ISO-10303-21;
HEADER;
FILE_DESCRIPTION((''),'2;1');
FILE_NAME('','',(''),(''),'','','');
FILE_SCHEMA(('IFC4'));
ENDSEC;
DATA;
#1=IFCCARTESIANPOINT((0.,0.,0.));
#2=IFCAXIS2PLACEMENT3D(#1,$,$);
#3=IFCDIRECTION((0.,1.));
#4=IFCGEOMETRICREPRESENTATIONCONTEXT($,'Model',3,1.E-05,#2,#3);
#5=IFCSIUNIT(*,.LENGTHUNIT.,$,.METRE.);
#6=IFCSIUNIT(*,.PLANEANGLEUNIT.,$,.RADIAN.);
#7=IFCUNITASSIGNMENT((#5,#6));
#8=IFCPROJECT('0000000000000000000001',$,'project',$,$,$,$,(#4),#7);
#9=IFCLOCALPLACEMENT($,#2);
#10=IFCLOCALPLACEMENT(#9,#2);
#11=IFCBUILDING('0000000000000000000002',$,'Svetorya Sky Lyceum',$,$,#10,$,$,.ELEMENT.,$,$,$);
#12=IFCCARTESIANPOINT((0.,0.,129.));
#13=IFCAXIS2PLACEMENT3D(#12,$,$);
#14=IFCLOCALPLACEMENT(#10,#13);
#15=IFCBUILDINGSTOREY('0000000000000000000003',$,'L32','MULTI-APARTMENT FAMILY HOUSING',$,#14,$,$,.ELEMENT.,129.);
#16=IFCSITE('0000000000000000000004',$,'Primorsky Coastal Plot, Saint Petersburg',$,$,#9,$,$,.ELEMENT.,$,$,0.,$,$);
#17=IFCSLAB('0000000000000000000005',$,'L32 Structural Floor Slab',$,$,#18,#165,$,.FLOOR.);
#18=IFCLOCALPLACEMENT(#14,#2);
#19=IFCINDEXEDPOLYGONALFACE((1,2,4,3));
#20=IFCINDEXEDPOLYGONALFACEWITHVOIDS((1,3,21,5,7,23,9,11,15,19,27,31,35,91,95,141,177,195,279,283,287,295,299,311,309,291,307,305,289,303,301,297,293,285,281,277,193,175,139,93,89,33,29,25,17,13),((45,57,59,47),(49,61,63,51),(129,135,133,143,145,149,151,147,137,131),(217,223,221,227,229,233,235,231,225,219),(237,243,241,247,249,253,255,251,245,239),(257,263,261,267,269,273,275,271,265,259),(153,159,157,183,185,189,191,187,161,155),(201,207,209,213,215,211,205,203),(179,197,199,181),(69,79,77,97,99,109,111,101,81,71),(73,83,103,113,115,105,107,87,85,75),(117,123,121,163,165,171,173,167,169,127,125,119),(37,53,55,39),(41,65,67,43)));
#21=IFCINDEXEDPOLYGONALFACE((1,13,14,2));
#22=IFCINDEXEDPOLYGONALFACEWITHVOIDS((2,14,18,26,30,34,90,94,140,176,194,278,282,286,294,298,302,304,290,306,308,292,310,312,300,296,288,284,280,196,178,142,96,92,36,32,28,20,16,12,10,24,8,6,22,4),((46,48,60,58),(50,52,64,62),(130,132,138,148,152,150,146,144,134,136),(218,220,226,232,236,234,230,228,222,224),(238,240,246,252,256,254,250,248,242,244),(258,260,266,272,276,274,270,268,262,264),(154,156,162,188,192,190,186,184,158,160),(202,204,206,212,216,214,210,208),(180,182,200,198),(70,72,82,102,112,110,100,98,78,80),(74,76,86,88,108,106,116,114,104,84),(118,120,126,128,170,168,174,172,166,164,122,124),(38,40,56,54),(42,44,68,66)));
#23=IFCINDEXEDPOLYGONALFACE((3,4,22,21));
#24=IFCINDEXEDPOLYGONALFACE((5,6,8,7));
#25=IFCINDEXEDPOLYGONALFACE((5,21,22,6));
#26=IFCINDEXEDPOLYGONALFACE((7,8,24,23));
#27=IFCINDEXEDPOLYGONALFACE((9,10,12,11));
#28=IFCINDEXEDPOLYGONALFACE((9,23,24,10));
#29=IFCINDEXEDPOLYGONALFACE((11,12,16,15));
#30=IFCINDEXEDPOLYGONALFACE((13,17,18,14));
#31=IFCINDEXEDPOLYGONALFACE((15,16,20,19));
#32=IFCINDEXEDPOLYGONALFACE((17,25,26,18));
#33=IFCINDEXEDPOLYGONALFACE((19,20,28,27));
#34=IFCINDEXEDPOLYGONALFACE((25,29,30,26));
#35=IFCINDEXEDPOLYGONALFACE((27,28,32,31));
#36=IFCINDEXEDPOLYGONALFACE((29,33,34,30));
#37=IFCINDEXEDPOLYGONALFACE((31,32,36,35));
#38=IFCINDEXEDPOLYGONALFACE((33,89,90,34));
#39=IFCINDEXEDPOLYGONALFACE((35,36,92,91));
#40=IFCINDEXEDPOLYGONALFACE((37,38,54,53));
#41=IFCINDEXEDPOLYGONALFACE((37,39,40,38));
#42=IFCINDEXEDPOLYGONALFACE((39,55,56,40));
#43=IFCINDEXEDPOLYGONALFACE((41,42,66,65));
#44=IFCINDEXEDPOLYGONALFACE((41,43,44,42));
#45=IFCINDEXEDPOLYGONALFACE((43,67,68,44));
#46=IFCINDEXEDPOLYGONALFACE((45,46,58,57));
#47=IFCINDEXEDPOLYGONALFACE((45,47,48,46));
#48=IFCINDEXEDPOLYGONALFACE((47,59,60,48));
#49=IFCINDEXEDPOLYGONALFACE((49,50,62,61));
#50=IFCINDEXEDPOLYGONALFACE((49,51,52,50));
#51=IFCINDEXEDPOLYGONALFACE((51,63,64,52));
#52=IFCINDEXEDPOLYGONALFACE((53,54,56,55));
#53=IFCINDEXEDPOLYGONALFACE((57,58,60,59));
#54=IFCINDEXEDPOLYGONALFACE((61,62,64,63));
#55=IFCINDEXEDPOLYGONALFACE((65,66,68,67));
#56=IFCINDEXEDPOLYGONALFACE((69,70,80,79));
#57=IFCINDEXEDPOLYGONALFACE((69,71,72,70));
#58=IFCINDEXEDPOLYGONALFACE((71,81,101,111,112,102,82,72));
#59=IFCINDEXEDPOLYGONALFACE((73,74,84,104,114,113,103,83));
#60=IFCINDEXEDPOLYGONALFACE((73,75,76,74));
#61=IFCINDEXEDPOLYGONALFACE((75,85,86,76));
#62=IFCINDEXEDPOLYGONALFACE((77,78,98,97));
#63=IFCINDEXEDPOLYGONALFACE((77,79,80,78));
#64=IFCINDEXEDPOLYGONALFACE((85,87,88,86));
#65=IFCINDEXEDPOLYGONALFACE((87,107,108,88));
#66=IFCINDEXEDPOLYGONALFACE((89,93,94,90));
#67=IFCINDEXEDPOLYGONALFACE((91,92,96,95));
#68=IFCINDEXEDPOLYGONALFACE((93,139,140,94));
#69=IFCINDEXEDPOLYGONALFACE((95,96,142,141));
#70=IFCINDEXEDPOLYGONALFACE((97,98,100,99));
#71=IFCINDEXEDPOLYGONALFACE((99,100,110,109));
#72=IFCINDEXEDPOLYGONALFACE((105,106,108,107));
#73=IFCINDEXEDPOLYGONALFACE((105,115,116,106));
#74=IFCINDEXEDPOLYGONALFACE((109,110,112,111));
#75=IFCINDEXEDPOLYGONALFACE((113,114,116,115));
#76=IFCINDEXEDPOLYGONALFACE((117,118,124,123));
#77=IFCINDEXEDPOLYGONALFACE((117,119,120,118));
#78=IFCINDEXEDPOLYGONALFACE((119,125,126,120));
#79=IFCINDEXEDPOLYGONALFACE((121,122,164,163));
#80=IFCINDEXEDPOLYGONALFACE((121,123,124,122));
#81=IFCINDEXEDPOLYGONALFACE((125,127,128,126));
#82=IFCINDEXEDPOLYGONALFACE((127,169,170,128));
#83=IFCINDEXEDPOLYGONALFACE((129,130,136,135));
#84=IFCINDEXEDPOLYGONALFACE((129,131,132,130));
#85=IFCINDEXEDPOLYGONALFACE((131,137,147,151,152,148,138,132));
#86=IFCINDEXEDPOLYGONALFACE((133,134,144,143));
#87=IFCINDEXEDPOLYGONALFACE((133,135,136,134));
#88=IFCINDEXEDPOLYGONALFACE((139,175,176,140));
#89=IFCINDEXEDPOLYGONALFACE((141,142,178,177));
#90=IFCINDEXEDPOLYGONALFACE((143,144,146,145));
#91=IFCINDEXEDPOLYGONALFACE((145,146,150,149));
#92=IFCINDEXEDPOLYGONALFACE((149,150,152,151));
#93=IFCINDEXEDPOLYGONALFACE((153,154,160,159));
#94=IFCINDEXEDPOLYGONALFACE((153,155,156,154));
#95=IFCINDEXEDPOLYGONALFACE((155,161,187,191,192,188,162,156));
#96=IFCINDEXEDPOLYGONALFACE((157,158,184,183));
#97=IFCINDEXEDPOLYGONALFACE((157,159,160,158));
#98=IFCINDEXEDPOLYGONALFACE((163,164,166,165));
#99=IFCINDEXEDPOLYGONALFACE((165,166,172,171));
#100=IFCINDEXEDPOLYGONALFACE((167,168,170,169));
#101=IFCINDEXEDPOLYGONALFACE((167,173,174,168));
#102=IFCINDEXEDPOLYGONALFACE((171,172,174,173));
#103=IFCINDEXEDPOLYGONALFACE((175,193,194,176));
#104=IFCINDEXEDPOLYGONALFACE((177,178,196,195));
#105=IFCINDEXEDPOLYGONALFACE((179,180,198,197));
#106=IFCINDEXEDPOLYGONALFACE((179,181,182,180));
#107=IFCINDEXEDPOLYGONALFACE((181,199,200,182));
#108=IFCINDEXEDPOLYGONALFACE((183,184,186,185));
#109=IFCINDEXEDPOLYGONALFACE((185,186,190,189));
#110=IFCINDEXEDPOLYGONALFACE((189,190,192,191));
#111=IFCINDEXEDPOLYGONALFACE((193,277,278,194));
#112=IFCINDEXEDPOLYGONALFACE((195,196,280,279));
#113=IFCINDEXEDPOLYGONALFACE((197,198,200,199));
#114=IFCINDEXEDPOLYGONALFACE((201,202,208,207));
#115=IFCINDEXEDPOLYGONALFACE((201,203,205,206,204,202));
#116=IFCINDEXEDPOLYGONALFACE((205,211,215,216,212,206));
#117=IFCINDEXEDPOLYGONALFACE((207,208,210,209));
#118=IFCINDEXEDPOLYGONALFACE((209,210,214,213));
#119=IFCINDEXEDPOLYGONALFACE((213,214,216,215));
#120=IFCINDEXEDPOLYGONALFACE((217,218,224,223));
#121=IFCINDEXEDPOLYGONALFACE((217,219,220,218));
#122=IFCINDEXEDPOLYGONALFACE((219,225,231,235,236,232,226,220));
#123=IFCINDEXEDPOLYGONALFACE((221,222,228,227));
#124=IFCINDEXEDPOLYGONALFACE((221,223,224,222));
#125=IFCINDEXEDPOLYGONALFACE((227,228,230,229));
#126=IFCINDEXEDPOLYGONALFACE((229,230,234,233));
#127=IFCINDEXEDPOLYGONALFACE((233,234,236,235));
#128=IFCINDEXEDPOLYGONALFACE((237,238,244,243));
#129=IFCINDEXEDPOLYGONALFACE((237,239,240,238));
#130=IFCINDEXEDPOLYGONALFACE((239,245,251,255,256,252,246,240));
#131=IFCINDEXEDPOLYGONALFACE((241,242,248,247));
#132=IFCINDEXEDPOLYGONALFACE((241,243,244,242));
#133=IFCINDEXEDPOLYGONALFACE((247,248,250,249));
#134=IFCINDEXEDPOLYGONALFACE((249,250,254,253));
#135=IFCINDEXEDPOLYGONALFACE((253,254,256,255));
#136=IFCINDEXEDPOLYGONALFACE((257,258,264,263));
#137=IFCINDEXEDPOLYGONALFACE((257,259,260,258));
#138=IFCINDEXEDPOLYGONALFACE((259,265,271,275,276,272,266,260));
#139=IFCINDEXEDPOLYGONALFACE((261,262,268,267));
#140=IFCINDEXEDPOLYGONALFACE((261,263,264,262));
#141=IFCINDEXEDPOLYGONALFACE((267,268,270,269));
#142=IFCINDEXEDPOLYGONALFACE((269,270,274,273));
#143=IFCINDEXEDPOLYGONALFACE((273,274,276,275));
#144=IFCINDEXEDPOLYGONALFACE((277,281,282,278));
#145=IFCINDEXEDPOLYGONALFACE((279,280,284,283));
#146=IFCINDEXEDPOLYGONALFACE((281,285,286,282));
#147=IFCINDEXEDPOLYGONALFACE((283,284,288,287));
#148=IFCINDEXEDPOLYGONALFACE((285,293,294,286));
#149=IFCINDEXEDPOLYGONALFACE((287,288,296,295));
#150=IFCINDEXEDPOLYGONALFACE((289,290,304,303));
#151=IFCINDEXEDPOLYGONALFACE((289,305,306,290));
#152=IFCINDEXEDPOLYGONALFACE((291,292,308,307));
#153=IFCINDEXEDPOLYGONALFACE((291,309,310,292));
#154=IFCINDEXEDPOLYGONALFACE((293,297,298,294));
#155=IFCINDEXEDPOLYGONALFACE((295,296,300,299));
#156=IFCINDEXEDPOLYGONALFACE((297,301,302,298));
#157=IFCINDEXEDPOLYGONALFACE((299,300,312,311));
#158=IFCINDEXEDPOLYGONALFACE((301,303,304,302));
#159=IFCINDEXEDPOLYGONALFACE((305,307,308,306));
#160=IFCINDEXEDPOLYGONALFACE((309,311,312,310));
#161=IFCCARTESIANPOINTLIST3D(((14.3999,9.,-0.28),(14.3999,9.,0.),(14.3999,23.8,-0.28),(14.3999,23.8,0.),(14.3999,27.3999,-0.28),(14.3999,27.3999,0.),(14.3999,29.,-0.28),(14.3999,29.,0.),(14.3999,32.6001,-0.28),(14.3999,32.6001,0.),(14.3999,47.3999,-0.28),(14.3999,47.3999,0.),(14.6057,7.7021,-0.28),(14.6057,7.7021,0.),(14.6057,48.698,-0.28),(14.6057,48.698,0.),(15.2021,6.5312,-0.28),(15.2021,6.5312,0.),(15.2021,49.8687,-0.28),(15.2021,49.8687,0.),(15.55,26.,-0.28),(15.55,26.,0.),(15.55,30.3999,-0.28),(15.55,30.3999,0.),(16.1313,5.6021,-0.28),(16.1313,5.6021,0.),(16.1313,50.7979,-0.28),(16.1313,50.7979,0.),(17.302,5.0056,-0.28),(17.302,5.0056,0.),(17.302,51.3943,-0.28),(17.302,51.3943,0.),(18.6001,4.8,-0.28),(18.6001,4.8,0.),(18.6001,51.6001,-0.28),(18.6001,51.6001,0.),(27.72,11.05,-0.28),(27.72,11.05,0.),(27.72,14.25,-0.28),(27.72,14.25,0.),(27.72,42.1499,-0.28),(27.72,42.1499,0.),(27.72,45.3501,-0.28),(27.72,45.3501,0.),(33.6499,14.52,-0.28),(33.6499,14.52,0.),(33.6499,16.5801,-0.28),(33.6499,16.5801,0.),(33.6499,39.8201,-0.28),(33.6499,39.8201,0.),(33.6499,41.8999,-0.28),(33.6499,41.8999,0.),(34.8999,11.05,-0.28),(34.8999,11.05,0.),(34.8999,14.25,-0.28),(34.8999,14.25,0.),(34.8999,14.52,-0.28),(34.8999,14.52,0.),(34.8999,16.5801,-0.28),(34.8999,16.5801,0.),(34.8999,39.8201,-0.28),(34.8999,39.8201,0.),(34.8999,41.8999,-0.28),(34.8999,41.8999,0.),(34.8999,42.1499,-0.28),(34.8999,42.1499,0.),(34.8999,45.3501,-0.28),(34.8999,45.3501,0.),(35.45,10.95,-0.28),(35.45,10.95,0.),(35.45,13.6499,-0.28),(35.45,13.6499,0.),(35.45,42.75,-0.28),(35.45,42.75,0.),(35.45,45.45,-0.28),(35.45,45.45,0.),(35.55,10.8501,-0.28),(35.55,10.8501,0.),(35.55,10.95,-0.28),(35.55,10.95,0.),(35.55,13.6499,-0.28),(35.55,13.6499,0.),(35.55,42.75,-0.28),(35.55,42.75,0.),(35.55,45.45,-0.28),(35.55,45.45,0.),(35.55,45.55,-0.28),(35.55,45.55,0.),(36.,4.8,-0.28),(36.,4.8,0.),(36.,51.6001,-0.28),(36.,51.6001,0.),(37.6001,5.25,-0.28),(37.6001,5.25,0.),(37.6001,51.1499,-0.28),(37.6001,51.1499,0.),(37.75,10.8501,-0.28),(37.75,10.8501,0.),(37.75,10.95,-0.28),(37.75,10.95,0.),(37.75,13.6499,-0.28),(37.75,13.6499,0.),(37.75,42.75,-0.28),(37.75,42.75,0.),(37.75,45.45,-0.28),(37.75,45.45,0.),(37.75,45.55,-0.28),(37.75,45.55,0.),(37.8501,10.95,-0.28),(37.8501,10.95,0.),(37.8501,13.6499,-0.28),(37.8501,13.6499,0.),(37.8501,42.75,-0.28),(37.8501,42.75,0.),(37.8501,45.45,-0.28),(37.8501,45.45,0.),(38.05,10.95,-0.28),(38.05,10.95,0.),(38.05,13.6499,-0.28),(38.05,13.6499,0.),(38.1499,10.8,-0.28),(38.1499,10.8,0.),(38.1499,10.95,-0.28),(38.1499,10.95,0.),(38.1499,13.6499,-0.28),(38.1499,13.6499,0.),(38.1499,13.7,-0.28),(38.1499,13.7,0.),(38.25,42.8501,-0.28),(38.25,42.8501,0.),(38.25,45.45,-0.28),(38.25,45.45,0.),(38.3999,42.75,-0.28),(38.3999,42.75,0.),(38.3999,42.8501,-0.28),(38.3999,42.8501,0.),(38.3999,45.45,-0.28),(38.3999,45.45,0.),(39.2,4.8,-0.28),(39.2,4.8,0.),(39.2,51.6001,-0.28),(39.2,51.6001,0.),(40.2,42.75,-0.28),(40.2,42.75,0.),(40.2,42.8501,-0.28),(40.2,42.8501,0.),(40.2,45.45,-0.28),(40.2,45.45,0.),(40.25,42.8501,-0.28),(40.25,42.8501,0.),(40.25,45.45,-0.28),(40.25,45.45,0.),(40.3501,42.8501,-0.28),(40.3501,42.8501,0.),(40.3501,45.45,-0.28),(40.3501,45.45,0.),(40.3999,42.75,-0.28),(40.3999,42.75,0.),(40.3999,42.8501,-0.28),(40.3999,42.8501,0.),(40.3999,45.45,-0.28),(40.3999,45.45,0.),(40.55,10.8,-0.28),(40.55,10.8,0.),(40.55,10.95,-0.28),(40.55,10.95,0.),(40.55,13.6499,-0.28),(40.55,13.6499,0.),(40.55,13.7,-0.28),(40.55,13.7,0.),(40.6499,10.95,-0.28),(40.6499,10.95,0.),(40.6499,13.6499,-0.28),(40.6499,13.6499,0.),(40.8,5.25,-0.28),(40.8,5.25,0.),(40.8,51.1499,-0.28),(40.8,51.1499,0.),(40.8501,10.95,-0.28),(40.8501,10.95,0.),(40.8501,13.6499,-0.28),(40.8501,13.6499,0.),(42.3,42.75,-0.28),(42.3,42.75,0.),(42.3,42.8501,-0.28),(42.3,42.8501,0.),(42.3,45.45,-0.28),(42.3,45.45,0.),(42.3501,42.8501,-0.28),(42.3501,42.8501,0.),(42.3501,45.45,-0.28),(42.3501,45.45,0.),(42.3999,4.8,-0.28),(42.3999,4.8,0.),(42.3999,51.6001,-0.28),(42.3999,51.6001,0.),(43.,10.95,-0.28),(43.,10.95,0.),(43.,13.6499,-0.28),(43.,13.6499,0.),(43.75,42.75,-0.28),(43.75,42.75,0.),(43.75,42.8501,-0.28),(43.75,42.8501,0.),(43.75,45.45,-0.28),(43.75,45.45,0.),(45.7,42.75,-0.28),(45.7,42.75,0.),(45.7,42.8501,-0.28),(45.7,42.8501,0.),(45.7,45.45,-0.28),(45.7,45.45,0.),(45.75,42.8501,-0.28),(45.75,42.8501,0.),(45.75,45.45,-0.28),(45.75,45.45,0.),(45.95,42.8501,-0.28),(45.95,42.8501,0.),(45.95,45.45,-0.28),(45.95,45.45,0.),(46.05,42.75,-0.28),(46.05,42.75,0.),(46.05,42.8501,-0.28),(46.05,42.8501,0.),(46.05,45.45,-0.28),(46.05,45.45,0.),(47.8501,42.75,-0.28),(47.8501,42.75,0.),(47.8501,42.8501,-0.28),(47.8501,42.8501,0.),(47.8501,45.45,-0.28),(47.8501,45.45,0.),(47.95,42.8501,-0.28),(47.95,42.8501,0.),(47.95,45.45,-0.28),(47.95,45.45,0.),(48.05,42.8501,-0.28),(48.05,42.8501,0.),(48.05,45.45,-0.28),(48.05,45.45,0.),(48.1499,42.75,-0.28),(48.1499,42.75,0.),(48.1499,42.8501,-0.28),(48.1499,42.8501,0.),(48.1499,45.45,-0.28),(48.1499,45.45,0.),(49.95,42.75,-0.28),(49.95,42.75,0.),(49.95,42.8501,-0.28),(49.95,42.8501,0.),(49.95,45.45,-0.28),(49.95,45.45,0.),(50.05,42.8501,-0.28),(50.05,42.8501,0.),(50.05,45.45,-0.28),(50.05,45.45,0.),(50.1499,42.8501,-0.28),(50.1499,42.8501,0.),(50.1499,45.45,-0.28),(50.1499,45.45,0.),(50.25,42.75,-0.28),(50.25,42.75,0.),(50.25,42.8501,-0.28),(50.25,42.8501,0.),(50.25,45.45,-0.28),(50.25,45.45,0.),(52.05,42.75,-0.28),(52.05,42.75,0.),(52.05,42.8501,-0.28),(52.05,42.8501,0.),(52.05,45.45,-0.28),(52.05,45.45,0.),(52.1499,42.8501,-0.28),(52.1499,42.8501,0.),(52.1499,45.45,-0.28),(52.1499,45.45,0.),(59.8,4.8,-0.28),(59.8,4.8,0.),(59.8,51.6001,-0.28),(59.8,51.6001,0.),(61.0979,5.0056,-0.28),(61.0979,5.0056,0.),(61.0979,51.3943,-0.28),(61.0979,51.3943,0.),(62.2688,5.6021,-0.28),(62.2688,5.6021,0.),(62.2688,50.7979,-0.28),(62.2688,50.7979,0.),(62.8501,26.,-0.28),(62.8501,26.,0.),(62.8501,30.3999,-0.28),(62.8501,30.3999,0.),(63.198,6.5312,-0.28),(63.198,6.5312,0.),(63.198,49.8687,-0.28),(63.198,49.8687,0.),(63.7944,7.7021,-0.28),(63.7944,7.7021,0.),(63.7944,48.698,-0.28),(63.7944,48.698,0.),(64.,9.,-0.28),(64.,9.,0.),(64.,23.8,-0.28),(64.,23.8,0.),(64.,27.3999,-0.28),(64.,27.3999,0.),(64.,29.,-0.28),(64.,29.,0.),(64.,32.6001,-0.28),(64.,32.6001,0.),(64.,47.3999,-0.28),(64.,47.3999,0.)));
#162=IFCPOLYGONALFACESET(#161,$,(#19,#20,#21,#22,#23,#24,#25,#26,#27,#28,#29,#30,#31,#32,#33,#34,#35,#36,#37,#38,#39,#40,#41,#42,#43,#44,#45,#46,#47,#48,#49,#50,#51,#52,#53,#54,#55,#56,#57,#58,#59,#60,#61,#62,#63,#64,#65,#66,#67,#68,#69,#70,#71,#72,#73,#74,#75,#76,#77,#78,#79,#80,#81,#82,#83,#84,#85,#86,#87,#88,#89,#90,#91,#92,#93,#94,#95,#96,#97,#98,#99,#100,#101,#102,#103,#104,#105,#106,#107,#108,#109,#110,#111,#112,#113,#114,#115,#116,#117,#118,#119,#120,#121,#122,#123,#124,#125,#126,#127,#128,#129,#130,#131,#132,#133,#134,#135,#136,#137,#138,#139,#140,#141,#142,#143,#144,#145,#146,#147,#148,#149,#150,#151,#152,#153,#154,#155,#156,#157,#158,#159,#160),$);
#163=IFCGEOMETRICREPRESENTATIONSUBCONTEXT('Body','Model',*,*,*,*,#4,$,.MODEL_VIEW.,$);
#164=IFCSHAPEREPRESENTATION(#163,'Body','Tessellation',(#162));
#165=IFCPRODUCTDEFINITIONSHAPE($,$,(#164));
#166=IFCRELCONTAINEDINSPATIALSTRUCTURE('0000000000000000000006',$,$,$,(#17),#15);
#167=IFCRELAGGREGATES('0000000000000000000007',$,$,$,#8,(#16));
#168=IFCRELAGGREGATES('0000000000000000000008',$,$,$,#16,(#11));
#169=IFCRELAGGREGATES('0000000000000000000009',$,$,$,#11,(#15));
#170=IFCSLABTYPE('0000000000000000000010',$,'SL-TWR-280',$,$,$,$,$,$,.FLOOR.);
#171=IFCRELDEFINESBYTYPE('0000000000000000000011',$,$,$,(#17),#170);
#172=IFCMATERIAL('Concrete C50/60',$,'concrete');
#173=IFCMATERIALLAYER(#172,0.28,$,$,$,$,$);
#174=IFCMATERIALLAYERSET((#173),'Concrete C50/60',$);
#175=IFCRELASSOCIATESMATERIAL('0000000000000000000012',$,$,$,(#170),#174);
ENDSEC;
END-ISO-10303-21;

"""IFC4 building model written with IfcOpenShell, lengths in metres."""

from ifc_helpers import new_model, si_unit, direction, frame, origin, place, context, subcontext, project, spatial, polyline, outline, extrude, material, layer, layer_set, type_object, element, save


model = new_model("IFC4")

# Units and contexts
model_context = context("Model", 3, precision=1e-05, world=origin(), true_north=direction((0.0, 1.0)))
body_context = subcontext(model_context, "Body", "Model", "MODEL_VIEW")
ifc_project = project(units=[si_unit("LENGTHUNIT", "METRE"), si_unit("PLANEANGLEUNIT", "RADIAN")], contexts=[model_context])

# Site, building, storey
site_placement = place(None, origin())
site = spatial("IfcSite", under=ifc_project, at=site_placement, Name="Primorsky Coastal Plot, Saint Petersburg", CompositionType="ELEMENT", RefElevation=0.0)
building_placement = place(site_placement, origin())
building = spatial("IfcBuilding", under=site, at=building_placement, Name="Svetorya Sky Lyceum", CompositionType="ELEMENT")
storey_placement = place(building_placement, frame((0.0, 0.0, 129.0)))
storey = spatial("IfcBuildingStorey", under=building, at=storey_placement, Name="L32", Description="MULTI-APARTMENT FAMILY HOUSING", CompositionType="ELEMENT", Elevation=129.0)

# Shared definitions
ifc_material_1 = material(Name="Concrete C50/60", Category="concrete")

# Slab
ifc_layer_1 = layer(ifc_material_1, 0.28)
ifc_layer_set_1 = layer_set([ifc_layer_1], Name="Concrete C50/60")
slab_type_1 = type_object("IfcSlabType", Name="SL-TWR-280", PredefinedType="FLOOR", material=ifc_layer_set_1)
slab_1_placement = place(storey_placement, frame((0.0, 0.0, -0.28)))
element("IfcSlab", 1, at=slab_1_placement, inside=storey, type_object=slab_type_1, Name="L32 Structural Floor Slab", PredefinedType="FLOOR", context=body_context, shape_type="SweptSolid", body=[
    extrude(outline(polyline([(14.3999, 9.0), (14.6057, 7.7021), (15.2021, 6.5312), (16.1313, 5.6021), (17.302, 5.0056), (18.6001, 4.8), (36.0, 4.8), (37.6001, 5.25), (39.2, 4.8), (40.8, 5.25), (42.3999, 4.8), (59.8, 4.8), (61.0979, 5.0056), (62.2688, 5.6021), (63.198, 6.5312), (63.7944, 7.7021), (64.0, 9.0), (64.0, 23.8), (62.8501, 26.0), (64.0, 27.3999), (64.0, 29.0), (62.8501, 30.3999), (64.0, 32.6001), (64.0, 47.3999), (63.7944, 48.698), (63.198, 49.8687), (62.2688, 50.7979), (61.0979, 51.3943), (59.8, 51.6001), (42.3999, 51.6001), (40.8, 51.1499), (39.2, 51.6001), (37.6001, 51.1499), (36.0, 51.6001), (18.6001, 51.6001), (17.302, 51.3943), (16.1313, 50.7979), (15.2021, 49.8687), (14.6057, 48.698), (14.3999, 47.3999), (14.3999, 32.6001), (15.55, 30.3999), (14.3999, 29.0), (14.3999, 27.3999), (15.55, 26.0), (14.3999, 23.8), (14.3999, 9.0)]), holes=[polyline([(37.8501, 10.95), (37.75, 10.95), (37.75, 10.8501), (35.55, 10.8501), (35.55, 10.95), (35.45, 10.95), (35.45, 13.6499), (35.55, 13.6499), (37.75, 13.6499), (37.8501, 13.6499), (37.8501, 10.95)]), polyline([(40.6499, 13.6499), (40.6499, 10.95), (40.55, 10.95), (40.55, 10.8), (38.1499, 10.8), (38.1499, 10.95), (38.05, 10.95), (38.05, 13.6499), (38.1499, 13.6499), (38.1499, 13.7), (40.55, 13.7), (40.55, 13.6499), (40.6499, 13.6499)]), polyline([(27.72, 14.25), (34.8999, 14.25), (34.8999, 11.05), (27.72, 11.05), (27.72, 14.25)]), polyline([(33.6499, 14.52), (33.6499, 16.5801), (34.8999, 16.5801), (34.8999, 14.52), (33.6499, 14.52)]), polyline([(33.6499, 41.8999), (34.8999, 41.8999), (34.8999, 39.8201), (33.6499, 39.8201), (33.6499, 41.8999)]), polyline([(27.72, 45.3501), (34.8999, 45.3501), (34.8999, 42.1499), (27.72, 42.1499), (27.72, 45.3501)]), polyline([(37.75, 45.55), (37.75, 45.45), (37.8501, 45.45), (37.8501, 42.75), (37.75, 42.75), (35.55, 42.75), (35.45, 42.75), (35.45, 45.45), (35.55, 45.45), (35.55, 45.55), (37.75, 45.55)]), polyline([(38.3999, 42.8501), (38.25, 42.8501), (38.25, 45.45), (38.3999, 45.45), (40.2, 45.45), (40.25, 45.45), (40.25, 42.8501), (40.2, 42.8501), (40.2, 42.75), (38.3999, 42.75), (38.3999, 42.8501)]), polyline([(40.8501, 13.6499), (43.0, 13.6499), (43.0, 10.95), (40.8501, 10.95), (40.8501, 13.6499)]), polyline([(40.3999, 42.8501), (40.3501, 42.8501), (40.3501, 45.45), (40.3999, 45.45), (42.3, 45.45), (42.3501, 45.45), (42.3501, 42.8501), (42.3, 42.8501), (42.3, 42.75), (40.3999, 42.75), (40.3999, 42.8501)]), polyline([(43.75, 42.75), (43.75, 42.8501), (43.75, 45.45), (45.7, 45.45), (45.75, 45.45), (45.75, 42.8501), (45.7, 42.8501), (45.7, 42.75), (43.75, 42.75)]), polyline([(46.05, 42.8501), (45.95, 42.8501), (45.95, 45.45), (46.05, 45.45), (47.8501, 45.45), (47.95, 45.45), (47.95, 42.8501), (47.8501, 42.8501), (47.8501, 42.75), (46.05, 42.75), (46.05, 42.8501)]), polyline([(48.1499, 42.8501), (48.05, 42.8501), (48.05, 45.45), (48.1499, 45.45), (49.95, 45.45), (50.05, 45.45), (50.05, 42.8501), (49.95, 42.8501), (49.95, 42.75), (48.1499, 42.75), (48.1499, 42.8501)]), polyline([(52.1499, 42.8501), (52.05, 42.8501), (52.05, 42.75), (50.25, 42.75), (50.25, 42.8501), (50.1499, 42.8501), (50.1499, 45.45), (50.25, 45.45), (52.05, 45.45), (52.1499, 45.45), (52.1499, 42.8501)])]), origin(), (0.0, 0.0, 1.0), 0.28),
])

save(model, "model.ifc")
